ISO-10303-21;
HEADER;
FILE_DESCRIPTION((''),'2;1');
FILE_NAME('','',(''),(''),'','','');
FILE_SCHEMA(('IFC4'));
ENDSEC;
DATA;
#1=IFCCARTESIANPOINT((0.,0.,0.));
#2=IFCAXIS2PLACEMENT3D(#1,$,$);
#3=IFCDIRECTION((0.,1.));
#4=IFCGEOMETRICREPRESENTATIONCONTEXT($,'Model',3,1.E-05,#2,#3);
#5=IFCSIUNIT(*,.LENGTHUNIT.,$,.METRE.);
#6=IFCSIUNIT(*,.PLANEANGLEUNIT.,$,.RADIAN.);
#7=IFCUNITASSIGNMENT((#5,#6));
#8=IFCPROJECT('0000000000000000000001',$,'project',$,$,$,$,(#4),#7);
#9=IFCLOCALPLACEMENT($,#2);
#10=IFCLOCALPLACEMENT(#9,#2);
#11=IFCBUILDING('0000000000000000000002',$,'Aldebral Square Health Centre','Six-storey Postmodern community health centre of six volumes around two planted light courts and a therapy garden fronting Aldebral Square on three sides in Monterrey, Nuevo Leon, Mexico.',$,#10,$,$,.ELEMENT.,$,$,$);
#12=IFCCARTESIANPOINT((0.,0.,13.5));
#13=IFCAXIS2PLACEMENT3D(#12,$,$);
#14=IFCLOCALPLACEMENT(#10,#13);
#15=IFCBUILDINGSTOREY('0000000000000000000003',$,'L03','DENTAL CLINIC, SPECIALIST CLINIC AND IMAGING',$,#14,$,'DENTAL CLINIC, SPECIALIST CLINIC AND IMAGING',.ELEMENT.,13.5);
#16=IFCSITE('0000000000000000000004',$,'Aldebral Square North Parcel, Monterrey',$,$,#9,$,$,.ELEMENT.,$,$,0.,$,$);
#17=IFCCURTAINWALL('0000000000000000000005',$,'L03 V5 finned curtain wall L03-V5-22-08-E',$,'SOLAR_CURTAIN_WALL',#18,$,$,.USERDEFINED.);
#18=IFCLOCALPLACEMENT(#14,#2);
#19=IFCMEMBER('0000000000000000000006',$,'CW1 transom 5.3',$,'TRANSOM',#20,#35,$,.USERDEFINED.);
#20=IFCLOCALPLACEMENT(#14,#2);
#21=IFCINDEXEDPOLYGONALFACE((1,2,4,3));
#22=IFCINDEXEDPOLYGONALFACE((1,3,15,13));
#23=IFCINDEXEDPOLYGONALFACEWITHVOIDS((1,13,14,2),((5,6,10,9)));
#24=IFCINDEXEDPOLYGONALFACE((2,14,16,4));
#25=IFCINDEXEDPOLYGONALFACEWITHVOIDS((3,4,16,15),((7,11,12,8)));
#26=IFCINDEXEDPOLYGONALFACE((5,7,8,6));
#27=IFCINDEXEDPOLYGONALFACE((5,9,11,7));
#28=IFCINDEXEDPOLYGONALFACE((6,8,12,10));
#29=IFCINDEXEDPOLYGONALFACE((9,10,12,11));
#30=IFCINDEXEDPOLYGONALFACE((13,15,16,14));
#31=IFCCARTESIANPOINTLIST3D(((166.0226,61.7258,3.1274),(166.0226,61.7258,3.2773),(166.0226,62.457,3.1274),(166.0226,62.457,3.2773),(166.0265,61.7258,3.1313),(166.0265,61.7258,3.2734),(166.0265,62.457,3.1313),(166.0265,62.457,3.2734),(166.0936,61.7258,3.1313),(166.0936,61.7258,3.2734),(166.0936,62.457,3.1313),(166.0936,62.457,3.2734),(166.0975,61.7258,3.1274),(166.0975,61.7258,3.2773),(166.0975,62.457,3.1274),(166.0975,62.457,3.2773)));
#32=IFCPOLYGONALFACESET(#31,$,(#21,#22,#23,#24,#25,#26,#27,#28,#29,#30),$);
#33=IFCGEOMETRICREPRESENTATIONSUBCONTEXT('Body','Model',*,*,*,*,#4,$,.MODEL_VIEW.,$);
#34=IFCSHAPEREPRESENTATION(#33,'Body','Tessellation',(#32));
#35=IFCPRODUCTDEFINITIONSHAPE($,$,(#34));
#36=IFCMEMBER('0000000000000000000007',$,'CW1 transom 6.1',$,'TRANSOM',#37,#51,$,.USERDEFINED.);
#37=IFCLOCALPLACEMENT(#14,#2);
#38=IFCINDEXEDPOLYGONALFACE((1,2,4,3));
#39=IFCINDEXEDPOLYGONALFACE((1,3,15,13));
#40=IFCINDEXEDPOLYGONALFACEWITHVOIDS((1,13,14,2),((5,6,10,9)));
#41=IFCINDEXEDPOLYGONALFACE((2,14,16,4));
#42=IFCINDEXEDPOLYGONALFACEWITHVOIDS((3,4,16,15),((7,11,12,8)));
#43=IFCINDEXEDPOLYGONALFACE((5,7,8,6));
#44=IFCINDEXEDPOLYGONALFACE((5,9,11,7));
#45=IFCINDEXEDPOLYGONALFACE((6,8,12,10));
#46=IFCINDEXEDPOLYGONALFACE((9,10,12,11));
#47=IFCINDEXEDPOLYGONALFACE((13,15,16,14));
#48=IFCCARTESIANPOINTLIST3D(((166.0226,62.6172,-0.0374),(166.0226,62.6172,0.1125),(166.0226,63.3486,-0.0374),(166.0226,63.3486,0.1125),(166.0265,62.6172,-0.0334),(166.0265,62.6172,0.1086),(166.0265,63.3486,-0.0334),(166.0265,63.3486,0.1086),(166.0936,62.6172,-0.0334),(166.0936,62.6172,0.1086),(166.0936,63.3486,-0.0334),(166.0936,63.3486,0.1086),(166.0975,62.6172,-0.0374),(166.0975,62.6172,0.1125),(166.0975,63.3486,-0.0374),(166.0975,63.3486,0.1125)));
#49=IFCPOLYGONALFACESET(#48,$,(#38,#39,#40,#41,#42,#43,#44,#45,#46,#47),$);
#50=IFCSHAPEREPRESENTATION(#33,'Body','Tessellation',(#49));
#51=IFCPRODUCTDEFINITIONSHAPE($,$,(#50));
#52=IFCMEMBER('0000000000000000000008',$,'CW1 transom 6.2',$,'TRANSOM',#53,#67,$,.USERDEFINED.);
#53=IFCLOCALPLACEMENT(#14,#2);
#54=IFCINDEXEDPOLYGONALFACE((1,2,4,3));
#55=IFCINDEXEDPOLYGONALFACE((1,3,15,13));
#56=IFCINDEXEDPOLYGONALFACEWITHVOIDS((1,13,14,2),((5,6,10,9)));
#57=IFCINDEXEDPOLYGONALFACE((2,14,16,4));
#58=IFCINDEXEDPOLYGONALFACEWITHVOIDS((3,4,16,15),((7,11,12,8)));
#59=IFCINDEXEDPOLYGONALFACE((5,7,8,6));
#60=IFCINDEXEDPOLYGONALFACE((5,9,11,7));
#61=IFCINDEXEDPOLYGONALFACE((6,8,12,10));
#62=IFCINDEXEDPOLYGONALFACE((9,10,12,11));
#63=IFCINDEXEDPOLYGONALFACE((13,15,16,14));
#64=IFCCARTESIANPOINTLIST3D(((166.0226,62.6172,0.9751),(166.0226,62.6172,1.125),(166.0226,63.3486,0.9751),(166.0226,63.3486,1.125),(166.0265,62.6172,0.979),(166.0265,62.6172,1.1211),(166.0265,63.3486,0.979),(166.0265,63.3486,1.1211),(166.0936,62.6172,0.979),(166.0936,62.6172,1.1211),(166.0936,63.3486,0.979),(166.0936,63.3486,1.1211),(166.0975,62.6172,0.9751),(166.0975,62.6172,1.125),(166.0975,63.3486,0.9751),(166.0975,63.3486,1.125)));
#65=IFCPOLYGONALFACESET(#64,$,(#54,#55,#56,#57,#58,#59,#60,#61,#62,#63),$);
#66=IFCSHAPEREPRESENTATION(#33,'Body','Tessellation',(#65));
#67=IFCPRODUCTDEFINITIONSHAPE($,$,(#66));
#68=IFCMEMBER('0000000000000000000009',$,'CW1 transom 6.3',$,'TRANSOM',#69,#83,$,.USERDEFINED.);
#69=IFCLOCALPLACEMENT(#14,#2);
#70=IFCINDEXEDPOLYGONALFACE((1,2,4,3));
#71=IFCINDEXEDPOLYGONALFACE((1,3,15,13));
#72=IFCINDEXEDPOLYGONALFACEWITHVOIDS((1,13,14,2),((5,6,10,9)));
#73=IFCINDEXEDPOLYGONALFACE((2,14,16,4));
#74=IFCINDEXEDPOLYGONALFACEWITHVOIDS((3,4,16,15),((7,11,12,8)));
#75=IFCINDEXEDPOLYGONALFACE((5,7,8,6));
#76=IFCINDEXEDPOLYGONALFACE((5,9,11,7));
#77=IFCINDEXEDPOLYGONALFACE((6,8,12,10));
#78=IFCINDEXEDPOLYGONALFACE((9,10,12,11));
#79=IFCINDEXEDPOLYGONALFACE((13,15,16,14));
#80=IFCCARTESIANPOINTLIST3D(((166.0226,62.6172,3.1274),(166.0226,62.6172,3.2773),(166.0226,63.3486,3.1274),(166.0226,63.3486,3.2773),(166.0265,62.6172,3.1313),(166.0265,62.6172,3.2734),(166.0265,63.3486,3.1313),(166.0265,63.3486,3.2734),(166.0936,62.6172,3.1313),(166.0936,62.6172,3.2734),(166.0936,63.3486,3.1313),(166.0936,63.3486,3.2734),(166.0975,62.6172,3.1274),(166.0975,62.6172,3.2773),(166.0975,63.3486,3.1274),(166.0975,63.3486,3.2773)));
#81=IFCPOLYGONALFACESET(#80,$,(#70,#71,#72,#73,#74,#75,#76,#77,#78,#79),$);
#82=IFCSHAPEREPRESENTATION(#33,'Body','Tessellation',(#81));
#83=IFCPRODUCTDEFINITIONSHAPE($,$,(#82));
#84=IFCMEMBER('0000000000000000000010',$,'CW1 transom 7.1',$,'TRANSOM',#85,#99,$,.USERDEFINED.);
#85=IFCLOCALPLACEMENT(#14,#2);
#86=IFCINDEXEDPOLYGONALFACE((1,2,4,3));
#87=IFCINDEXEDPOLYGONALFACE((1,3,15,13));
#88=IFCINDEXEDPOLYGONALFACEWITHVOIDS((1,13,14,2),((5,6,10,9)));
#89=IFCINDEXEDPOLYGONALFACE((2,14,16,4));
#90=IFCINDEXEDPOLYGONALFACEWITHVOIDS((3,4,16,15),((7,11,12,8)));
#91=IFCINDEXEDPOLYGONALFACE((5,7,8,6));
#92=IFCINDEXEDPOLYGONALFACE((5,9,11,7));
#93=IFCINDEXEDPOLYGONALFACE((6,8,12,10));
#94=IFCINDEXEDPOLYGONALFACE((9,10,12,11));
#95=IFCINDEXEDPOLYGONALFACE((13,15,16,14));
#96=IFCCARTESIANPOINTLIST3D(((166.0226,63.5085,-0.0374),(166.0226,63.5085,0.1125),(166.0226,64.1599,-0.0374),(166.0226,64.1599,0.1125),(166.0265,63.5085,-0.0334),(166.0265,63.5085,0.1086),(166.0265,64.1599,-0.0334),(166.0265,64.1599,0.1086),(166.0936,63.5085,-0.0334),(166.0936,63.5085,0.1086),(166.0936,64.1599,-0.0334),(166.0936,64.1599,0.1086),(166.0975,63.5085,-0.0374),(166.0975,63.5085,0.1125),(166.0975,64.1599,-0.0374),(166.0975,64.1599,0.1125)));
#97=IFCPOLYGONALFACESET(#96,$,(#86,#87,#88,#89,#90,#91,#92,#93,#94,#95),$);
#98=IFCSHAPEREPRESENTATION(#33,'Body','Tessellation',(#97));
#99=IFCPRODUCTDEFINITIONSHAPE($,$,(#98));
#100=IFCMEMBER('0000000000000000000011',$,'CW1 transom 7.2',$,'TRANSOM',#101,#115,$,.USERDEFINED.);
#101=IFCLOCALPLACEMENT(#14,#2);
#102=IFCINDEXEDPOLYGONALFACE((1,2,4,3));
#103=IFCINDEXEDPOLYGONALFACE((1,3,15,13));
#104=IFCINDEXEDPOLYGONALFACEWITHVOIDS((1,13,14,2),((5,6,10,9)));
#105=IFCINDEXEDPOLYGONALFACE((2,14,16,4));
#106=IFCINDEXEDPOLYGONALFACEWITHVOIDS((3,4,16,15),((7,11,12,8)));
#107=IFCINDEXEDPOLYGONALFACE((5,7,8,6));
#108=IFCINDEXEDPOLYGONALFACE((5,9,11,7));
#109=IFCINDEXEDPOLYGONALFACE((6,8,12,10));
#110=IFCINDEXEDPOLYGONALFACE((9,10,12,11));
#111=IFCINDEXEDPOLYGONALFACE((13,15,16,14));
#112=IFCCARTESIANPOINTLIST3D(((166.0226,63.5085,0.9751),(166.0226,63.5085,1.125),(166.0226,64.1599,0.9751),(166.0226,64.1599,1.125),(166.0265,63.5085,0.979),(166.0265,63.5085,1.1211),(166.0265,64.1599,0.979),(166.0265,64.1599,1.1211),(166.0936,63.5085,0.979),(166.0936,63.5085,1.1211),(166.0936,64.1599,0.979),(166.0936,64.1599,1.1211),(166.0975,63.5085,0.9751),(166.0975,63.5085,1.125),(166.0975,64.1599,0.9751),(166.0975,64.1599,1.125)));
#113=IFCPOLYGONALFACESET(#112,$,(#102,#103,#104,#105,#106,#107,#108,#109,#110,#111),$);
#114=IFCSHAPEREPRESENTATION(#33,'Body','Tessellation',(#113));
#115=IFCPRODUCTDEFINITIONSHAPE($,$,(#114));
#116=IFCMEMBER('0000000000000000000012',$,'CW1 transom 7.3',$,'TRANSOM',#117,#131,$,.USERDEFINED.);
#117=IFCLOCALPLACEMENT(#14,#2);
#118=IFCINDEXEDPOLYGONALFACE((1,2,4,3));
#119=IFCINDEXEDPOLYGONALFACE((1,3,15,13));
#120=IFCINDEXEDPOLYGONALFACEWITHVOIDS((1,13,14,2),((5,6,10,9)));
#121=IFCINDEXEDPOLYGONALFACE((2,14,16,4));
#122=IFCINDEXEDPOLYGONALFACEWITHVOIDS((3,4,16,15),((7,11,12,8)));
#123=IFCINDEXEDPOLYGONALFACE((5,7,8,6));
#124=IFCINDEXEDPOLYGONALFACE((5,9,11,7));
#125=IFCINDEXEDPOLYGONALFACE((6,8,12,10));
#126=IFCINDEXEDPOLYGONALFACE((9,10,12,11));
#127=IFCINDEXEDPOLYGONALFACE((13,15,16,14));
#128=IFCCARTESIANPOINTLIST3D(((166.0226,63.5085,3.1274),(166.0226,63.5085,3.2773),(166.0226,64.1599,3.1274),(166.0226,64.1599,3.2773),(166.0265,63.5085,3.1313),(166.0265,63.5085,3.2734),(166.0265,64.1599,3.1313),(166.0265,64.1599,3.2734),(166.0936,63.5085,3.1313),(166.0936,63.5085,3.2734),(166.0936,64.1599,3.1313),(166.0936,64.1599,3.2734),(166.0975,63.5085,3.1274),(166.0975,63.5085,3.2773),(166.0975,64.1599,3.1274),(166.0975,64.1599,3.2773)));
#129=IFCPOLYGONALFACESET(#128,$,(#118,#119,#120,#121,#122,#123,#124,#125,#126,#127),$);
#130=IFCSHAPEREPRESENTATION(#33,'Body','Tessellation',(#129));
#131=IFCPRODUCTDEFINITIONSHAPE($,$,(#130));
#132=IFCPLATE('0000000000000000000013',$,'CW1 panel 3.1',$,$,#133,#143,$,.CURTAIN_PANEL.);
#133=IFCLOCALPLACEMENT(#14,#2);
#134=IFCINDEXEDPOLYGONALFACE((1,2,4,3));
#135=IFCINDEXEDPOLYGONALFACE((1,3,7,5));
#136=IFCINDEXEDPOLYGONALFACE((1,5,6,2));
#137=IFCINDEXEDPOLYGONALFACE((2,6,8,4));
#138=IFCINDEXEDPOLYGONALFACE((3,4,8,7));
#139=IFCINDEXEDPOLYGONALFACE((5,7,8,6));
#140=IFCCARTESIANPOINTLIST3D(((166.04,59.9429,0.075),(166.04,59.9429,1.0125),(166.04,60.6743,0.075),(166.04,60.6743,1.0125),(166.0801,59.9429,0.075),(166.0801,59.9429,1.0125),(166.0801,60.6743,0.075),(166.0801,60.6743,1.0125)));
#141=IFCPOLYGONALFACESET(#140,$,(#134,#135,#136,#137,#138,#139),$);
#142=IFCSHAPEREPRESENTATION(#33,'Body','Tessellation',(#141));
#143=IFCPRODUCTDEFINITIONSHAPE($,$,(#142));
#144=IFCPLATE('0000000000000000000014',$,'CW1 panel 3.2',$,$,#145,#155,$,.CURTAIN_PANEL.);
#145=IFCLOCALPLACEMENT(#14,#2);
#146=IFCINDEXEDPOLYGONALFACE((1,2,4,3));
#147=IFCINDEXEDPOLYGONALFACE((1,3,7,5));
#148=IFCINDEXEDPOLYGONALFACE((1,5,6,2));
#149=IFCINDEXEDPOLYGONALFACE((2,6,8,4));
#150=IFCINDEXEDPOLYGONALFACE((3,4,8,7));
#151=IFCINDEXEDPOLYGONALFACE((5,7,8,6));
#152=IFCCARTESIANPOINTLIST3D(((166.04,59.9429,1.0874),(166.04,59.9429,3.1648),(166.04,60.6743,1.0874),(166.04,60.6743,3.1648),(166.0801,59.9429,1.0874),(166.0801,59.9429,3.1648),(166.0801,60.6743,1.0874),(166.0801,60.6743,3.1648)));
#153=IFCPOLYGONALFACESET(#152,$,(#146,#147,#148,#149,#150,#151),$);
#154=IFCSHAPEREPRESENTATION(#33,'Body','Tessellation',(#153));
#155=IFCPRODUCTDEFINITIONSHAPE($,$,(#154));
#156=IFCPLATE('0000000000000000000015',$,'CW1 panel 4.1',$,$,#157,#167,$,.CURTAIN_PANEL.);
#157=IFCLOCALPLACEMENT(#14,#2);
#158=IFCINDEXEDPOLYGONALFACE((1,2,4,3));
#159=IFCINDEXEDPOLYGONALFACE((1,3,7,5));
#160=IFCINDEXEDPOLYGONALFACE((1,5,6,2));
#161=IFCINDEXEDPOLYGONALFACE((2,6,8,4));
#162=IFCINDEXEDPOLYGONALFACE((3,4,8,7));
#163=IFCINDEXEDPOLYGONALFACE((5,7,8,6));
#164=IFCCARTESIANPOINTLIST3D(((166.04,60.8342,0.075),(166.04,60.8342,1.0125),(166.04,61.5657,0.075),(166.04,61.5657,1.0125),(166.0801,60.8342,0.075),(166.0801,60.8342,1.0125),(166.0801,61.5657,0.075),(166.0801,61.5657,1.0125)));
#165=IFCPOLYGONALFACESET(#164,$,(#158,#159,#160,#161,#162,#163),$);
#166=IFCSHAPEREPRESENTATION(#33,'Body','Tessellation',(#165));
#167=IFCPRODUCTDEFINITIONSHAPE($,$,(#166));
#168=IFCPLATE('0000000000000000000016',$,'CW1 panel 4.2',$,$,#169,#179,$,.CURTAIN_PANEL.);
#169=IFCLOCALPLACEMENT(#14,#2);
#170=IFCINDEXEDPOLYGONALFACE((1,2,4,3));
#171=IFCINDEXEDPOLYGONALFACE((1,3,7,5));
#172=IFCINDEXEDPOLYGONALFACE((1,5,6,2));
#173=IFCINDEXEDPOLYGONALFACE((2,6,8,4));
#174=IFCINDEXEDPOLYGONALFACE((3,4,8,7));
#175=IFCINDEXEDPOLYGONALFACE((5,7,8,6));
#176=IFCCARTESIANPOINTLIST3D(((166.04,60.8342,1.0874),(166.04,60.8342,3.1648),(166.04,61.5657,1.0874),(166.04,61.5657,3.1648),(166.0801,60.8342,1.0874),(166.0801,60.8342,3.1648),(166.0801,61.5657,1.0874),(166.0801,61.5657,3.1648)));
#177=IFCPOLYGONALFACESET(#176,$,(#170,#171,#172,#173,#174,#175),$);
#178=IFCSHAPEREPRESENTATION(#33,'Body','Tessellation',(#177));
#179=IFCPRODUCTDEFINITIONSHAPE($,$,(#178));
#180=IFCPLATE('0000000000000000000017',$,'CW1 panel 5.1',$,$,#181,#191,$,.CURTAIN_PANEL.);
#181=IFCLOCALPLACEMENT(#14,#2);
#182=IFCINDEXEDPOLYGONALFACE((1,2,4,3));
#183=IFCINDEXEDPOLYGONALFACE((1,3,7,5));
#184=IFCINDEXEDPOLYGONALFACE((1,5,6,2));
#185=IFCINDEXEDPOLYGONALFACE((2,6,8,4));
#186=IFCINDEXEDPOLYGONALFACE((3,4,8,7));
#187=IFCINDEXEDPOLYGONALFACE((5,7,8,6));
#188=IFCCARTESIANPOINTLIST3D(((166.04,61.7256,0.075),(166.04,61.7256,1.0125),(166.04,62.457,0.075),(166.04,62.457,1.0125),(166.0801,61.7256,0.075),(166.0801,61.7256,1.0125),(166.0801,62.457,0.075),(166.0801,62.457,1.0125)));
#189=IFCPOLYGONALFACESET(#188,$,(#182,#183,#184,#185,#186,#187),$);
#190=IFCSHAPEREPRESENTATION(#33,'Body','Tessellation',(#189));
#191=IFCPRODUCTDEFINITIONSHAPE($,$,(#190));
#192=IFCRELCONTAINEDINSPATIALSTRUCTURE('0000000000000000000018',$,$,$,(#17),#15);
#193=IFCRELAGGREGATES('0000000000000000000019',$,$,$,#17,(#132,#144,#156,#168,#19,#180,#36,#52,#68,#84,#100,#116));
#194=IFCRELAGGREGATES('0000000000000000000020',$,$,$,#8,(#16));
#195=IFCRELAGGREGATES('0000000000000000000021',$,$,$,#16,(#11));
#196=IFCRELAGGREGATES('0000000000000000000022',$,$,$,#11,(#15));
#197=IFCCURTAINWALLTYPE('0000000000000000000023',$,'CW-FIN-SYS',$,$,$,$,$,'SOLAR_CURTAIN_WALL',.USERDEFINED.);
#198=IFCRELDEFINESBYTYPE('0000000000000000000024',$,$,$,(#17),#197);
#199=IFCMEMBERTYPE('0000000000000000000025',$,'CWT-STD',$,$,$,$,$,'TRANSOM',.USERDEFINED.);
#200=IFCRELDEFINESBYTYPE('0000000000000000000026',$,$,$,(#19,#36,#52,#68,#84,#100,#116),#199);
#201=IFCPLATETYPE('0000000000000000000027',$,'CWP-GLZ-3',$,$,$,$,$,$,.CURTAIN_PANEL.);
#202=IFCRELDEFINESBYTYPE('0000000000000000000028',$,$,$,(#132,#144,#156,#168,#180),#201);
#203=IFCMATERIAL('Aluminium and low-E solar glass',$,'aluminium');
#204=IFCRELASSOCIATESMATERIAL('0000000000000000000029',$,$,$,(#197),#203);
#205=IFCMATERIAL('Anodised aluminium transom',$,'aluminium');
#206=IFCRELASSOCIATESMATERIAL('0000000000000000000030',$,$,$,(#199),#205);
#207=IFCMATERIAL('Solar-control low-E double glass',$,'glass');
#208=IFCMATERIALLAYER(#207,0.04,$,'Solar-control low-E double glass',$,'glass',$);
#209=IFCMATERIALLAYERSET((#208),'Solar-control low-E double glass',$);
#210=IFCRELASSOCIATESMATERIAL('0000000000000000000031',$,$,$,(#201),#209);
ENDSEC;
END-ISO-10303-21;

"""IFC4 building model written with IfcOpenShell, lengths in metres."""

from ifc_helpers import new_model, si_unit, direction, frame, origin, origin_2d, place, context, subcontext, project, spatial, rectangle, hollow_rectangle, extrude, material, layer, layer_set, material_profile, profile_set, type_object, element, aggregate, save


model = new_model("IFC4")

# Units and contexts
model_context = context("Model", 3, precision=1e-05, world=origin(), true_north=direction((0.0, 1.0)))
body_context = subcontext(model_context, "Body", "Model", "MODEL_VIEW")
ifc_project = project(units=[si_unit("LENGTHUNIT", "METRE"), si_unit("PLANEANGLEUNIT", "RADIAN")], contexts=[model_context])

# Site, building, storey
site_placement = place(None, origin())
site = spatial("IfcSite", under=ifc_project, at=site_placement, Name="Aldebral Square North Parcel, Monterrey", CompositionType="ELEMENT", RefElevation=0.0)
building_placement = place(site_placement, origin())
building = spatial("IfcBuilding", under=site, at=building_placement, Name="Aldebral Square Health Centre", Description="Six-storey Postmodern community health centre of six volumes around two planted light courts and a therapy garden fronting Aldebral Square on three sides in Monterrey, Nuevo Leon, Mexico.", CompositionType="ELEMENT")
storey_placement = place(building_placement, frame((0.0, 0.0, 13.5)))
storey = spatial("IfcBuildingStorey", under=building, at=storey_placement, Name="L03", Description="DENTAL CLINIC, SPECIALIST CLINIC AND IMAGING", LongName="DENTAL CLINIC, SPECIALIST CLINIC AND IMAGING", CompositionType="ELEMENT", Elevation=13.5)

# Curtain wall
ifc_material_1 = material(Name="Aluminium and low-E solar glass", Category="aluminium")
curtain_wall_type = type_object("IfcCurtainWallType", Name="CW-FIN-SYS", ElementType="SOLAR_CURTAIN_WALL", PredefinedType="USERDEFINED", material=ifc_material_1)
curtain_wall_1_placement = place(storey_placement, origin())
curtain_wall_1 = element("IfcCurtainWall", 1, at=curtain_wall_1_placement, inside=storey, type_object=curtain_wall_type, Name="L03 V5 finned curtain wall L03-V5-22-08-E", ObjectType="SOLAR_CURTAIN_WALL", PredefinedType="USERDEFINED")

# Members
ifc_material_2 = material(Name="Anodised aluminium transom", Category="aluminium")
ifc_material_profile_1 = material_profile(ifc_material_2, hollow_rectangle(XDim=0.075, YDim=0.1499, WallThickness=0.0039, at=origin_2d()), Name="CWT 75x150x4")
ifc_profile_set_1 = profile_set([ifc_material_profile_1], Name="Anodised aluminium transom")
member_type_1 = type_object("IfcMemberType", Name="CWT-STD", ElementType="TRANSOM", PredefinedType="USERDEFINED", material=ifc_profile_set_1)
member_1_placement = place(storey_placement, frame((166.0601, 61.7258, 3.2024), z_axis=(0.0, 1.0, 0.0), x_axis=(-1.0, 0.0, 0.0)))
member_1 = element("IfcMember", 2, at=member_1_placement, type_object=member_type_1, Name="CW1 transom 5.3", ObjectType="TRANSOM", PredefinedType="USERDEFINED", context=body_context, shape_type="SweptSolid", body=[
    extrude(hollow_rectangle(XDim=0.075, YDim=0.1499, WallThickness=0.0039, at=origin_2d()), origin(), (0.0, 0.0, 1.0), 0.7312),
])
member_2_placement = place(storey_placement, frame((166.0601, 62.6172, 0.0376), z_axis=(0.0, 1.0, 0.0), x_axis=(-1.0, 0.0, 0.0)))
member_2 = element("IfcMember", 3, at=member_2_placement, type_object=member_type_1, Name="CW1 transom 6.1", ObjectType="TRANSOM", PredefinedType="USERDEFINED", context=body_context, shape_type="SweptSolid", body=[
    extrude(hollow_rectangle(XDim=0.075, YDim=0.1499, WallThickness=0.0039, at=origin_2d()), origin(), (0.0, 0.0, 1.0), 0.7314),
])
member_3_placement = place(storey_placement, frame((166.0601, 62.6172, 1.05), z_axis=(0.0, 1.0, 0.0), x_axis=(-1.0, 0.0, 0.0)))
member_3 = element("IfcMember", 4, at=member_3_placement, type_object=member_type_1, Name="CW1 transom 6.2", ObjectType="TRANSOM", PredefinedType="USERDEFINED", context=body_context, shape_type="SweptSolid", body=[
    extrude(hollow_rectangle(XDim=0.075, YDim=0.1499, WallThickness=0.0039, at=origin_2d()), origin(), (0.0, 0.0, 1.0), 0.7314),
])
member_4_placement = place(storey_placement, frame((166.0601, 62.6172, 3.2024), z_axis=(0.0, 1.0, 0.0), x_axis=(-1.0, 0.0, 0.0)))
member_4 = element("IfcMember", 5, at=member_4_placement, type_object=member_type_1, Name="CW1 transom 6.3", ObjectType="TRANSOM", PredefinedType="USERDEFINED", context=body_context, shape_type="SweptSolid", body=[
    extrude(hollow_rectangle(XDim=0.075, YDim=0.1499, WallThickness=0.0039, at=origin_2d()), origin(), (0.0, 0.0, 1.0), 0.7314),
])
member_5_placement = place(storey_placement, frame((166.0601, 63.5085, 0.0376), z_axis=(0.0, 1.0, 0.0), x_axis=(-1.0, 0.0, 0.0)))
member_5 = element("IfcMember", 6, at=member_5_placement, type_object=member_type_1, Name="CW1 transom 7.1", ObjectType="TRANSOM", PredefinedType="USERDEFINED", context=body_context, shape_type="SweptSolid", body=[
    extrude(hollow_rectangle(XDim=0.075, YDim=0.1499, WallThickness=0.0039, at=origin_2d()), origin(), (0.0, 0.0, 1.0), 0.6514),
])
member_6_placement = place(storey_placement, frame((166.0601, 63.5085, 1.05), z_axis=(0.0, 1.0, 0.0), x_axis=(-1.0, 0.0, 0.0)))
member_6 = element("IfcMember", 7, at=member_6_placement, type_object=member_type_1, Name="CW1 transom 7.2", ObjectType="TRANSOM", PredefinedType="USERDEFINED", context=body_context, shape_type="SweptSolid", body=[
    extrude(hollow_rectangle(XDim=0.075, YDim=0.1499, WallThickness=0.0039, at=origin_2d()), origin(), (0.0, 0.0, 1.0), 0.6514),
])
member_7_placement = place(storey_placement, frame((166.0601, 63.5085, 3.2024), z_axis=(0.0, 1.0, 0.0), x_axis=(-1.0, 0.0, 0.0)))
member_7 = element("IfcMember", 8, at=member_7_placement, type_object=member_type_1, Name="CW1 transom 7.3", ObjectType="TRANSOM", PredefinedType="USERDEFINED", context=body_context, shape_type="SweptSolid", body=[
    extrude(hollow_rectangle(XDim=0.075, YDim=0.1499, WallThickness=0.0039, at=origin_2d()), origin(), (0.0, 0.0, 1.0), 0.6514),
])

# Plates
ifc_material_3 = material(Name="Solar-control low-E double glass", Category="glass")
ifc_layer = layer(ifc_material_3, 0.04, Name="Solar-control low-E double glass", Category="glass")
ifc_layer_set = layer_set([ifc_layer], Name="Solar-control low-E double glass")
plate_type = type_object("IfcPlateType", Name="CWP-GLZ-3", PredefinedType="CURTAIN_PANEL", material=ifc_layer_set)
plate_1_placement = place(storey_placement, frame((166.0601, 60.3086, 0.075), z_axis=(0.0, 0.0, 1.0), x_axis=(0.0, 1.0, 0.0)))
plate_1 = element("IfcPlate", 9, at=plate_1_placement, type_object=plate_type, Name="CW1 panel 3.1", PredefinedType="CURTAIN_PANEL", context=body_context, shape_type="SweptSolid", body=[
    extrude(rectangle(XDim=0.7314, YDim=0.04, at=origin_2d()), origin(), (0.0, 0.0, 1.0), 0.9375),
])
plate_2_placement = place(storey_placement, frame((166.0601, 60.3086, 1.0874), z_axis=(0.0, 0.0, 1.0), x_axis=(0.0, 1.0, 0.0)))
plate_2 = element("IfcPlate", 10, at=plate_2_placement, type_object=plate_type, Name="CW1 panel 3.2", PredefinedType="CURTAIN_PANEL", context=body_context, shape_type="SweptSolid", body=[
    extrude(rectangle(XDim=0.7314, YDim=0.04, at=origin_2d()), origin(), (0.0, 0.0, 1.0), 2.0774),
])
plate_3_placement = place(storey_placement, frame((166.0601, 61.2, 0.075), z_axis=(0.0, 0.0, 1.0), x_axis=(0.0, 1.0, 0.0)))
plate_3 = element("IfcPlate", 11, at=plate_3_placement, type_object=plate_type, Name="CW1 panel 4.1", PredefinedType="CURTAIN_PANEL", context=body_context, shape_type="SweptSolid", body=[
    extrude(rectangle(XDim=0.7314, YDim=0.04, at=origin_2d()), origin(), (0.0, 0.0, 1.0), 0.9375),
])
plate_4_placement = place(storey_placement, frame((166.0601, 61.2, 1.0874), z_axis=(0.0, 0.0, 1.0), x_axis=(0.0, 1.0, 0.0)))
plate_4 = element("IfcPlate", 12, at=plate_4_placement, type_object=plate_type, Name="CW1 panel 4.2", PredefinedType="CURTAIN_PANEL", context=body_context, shape_type="SweptSolid", body=[
    extrude(rectangle(XDim=0.7314, YDim=0.04, at=origin_2d()), origin(), (0.0, 0.0, 1.0), 2.0774),
])
plate_5_placement = place(storey_placement, frame((166.0601, 62.0913, 0.075), z_axis=(0.0, 0.0, 1.0), x_axis=(0.0, 1.0, 0.0)))
plate_5 = element("IfcPlate", 13, at=plate_5_placement, type_object=plate_type, Name="CW1 panel 5.1", PredefinedType="CURTAIN_PANEL", context=body_context, shape_type="SweptSolid", body=[
    extrude(rectangle(XDim=0.7314, YDim=0.04, at=origin_2d()), origin(), (0.0, 0.0, 1.0), 0.9375),
])
aggregate(curtain_wall_1, [plate_1, plate_2, plate_3, plate_4, member_1, plate_5, member_2, member_3, member_4, member_5, member_6, member_7])

save(model, "model.ifc")
